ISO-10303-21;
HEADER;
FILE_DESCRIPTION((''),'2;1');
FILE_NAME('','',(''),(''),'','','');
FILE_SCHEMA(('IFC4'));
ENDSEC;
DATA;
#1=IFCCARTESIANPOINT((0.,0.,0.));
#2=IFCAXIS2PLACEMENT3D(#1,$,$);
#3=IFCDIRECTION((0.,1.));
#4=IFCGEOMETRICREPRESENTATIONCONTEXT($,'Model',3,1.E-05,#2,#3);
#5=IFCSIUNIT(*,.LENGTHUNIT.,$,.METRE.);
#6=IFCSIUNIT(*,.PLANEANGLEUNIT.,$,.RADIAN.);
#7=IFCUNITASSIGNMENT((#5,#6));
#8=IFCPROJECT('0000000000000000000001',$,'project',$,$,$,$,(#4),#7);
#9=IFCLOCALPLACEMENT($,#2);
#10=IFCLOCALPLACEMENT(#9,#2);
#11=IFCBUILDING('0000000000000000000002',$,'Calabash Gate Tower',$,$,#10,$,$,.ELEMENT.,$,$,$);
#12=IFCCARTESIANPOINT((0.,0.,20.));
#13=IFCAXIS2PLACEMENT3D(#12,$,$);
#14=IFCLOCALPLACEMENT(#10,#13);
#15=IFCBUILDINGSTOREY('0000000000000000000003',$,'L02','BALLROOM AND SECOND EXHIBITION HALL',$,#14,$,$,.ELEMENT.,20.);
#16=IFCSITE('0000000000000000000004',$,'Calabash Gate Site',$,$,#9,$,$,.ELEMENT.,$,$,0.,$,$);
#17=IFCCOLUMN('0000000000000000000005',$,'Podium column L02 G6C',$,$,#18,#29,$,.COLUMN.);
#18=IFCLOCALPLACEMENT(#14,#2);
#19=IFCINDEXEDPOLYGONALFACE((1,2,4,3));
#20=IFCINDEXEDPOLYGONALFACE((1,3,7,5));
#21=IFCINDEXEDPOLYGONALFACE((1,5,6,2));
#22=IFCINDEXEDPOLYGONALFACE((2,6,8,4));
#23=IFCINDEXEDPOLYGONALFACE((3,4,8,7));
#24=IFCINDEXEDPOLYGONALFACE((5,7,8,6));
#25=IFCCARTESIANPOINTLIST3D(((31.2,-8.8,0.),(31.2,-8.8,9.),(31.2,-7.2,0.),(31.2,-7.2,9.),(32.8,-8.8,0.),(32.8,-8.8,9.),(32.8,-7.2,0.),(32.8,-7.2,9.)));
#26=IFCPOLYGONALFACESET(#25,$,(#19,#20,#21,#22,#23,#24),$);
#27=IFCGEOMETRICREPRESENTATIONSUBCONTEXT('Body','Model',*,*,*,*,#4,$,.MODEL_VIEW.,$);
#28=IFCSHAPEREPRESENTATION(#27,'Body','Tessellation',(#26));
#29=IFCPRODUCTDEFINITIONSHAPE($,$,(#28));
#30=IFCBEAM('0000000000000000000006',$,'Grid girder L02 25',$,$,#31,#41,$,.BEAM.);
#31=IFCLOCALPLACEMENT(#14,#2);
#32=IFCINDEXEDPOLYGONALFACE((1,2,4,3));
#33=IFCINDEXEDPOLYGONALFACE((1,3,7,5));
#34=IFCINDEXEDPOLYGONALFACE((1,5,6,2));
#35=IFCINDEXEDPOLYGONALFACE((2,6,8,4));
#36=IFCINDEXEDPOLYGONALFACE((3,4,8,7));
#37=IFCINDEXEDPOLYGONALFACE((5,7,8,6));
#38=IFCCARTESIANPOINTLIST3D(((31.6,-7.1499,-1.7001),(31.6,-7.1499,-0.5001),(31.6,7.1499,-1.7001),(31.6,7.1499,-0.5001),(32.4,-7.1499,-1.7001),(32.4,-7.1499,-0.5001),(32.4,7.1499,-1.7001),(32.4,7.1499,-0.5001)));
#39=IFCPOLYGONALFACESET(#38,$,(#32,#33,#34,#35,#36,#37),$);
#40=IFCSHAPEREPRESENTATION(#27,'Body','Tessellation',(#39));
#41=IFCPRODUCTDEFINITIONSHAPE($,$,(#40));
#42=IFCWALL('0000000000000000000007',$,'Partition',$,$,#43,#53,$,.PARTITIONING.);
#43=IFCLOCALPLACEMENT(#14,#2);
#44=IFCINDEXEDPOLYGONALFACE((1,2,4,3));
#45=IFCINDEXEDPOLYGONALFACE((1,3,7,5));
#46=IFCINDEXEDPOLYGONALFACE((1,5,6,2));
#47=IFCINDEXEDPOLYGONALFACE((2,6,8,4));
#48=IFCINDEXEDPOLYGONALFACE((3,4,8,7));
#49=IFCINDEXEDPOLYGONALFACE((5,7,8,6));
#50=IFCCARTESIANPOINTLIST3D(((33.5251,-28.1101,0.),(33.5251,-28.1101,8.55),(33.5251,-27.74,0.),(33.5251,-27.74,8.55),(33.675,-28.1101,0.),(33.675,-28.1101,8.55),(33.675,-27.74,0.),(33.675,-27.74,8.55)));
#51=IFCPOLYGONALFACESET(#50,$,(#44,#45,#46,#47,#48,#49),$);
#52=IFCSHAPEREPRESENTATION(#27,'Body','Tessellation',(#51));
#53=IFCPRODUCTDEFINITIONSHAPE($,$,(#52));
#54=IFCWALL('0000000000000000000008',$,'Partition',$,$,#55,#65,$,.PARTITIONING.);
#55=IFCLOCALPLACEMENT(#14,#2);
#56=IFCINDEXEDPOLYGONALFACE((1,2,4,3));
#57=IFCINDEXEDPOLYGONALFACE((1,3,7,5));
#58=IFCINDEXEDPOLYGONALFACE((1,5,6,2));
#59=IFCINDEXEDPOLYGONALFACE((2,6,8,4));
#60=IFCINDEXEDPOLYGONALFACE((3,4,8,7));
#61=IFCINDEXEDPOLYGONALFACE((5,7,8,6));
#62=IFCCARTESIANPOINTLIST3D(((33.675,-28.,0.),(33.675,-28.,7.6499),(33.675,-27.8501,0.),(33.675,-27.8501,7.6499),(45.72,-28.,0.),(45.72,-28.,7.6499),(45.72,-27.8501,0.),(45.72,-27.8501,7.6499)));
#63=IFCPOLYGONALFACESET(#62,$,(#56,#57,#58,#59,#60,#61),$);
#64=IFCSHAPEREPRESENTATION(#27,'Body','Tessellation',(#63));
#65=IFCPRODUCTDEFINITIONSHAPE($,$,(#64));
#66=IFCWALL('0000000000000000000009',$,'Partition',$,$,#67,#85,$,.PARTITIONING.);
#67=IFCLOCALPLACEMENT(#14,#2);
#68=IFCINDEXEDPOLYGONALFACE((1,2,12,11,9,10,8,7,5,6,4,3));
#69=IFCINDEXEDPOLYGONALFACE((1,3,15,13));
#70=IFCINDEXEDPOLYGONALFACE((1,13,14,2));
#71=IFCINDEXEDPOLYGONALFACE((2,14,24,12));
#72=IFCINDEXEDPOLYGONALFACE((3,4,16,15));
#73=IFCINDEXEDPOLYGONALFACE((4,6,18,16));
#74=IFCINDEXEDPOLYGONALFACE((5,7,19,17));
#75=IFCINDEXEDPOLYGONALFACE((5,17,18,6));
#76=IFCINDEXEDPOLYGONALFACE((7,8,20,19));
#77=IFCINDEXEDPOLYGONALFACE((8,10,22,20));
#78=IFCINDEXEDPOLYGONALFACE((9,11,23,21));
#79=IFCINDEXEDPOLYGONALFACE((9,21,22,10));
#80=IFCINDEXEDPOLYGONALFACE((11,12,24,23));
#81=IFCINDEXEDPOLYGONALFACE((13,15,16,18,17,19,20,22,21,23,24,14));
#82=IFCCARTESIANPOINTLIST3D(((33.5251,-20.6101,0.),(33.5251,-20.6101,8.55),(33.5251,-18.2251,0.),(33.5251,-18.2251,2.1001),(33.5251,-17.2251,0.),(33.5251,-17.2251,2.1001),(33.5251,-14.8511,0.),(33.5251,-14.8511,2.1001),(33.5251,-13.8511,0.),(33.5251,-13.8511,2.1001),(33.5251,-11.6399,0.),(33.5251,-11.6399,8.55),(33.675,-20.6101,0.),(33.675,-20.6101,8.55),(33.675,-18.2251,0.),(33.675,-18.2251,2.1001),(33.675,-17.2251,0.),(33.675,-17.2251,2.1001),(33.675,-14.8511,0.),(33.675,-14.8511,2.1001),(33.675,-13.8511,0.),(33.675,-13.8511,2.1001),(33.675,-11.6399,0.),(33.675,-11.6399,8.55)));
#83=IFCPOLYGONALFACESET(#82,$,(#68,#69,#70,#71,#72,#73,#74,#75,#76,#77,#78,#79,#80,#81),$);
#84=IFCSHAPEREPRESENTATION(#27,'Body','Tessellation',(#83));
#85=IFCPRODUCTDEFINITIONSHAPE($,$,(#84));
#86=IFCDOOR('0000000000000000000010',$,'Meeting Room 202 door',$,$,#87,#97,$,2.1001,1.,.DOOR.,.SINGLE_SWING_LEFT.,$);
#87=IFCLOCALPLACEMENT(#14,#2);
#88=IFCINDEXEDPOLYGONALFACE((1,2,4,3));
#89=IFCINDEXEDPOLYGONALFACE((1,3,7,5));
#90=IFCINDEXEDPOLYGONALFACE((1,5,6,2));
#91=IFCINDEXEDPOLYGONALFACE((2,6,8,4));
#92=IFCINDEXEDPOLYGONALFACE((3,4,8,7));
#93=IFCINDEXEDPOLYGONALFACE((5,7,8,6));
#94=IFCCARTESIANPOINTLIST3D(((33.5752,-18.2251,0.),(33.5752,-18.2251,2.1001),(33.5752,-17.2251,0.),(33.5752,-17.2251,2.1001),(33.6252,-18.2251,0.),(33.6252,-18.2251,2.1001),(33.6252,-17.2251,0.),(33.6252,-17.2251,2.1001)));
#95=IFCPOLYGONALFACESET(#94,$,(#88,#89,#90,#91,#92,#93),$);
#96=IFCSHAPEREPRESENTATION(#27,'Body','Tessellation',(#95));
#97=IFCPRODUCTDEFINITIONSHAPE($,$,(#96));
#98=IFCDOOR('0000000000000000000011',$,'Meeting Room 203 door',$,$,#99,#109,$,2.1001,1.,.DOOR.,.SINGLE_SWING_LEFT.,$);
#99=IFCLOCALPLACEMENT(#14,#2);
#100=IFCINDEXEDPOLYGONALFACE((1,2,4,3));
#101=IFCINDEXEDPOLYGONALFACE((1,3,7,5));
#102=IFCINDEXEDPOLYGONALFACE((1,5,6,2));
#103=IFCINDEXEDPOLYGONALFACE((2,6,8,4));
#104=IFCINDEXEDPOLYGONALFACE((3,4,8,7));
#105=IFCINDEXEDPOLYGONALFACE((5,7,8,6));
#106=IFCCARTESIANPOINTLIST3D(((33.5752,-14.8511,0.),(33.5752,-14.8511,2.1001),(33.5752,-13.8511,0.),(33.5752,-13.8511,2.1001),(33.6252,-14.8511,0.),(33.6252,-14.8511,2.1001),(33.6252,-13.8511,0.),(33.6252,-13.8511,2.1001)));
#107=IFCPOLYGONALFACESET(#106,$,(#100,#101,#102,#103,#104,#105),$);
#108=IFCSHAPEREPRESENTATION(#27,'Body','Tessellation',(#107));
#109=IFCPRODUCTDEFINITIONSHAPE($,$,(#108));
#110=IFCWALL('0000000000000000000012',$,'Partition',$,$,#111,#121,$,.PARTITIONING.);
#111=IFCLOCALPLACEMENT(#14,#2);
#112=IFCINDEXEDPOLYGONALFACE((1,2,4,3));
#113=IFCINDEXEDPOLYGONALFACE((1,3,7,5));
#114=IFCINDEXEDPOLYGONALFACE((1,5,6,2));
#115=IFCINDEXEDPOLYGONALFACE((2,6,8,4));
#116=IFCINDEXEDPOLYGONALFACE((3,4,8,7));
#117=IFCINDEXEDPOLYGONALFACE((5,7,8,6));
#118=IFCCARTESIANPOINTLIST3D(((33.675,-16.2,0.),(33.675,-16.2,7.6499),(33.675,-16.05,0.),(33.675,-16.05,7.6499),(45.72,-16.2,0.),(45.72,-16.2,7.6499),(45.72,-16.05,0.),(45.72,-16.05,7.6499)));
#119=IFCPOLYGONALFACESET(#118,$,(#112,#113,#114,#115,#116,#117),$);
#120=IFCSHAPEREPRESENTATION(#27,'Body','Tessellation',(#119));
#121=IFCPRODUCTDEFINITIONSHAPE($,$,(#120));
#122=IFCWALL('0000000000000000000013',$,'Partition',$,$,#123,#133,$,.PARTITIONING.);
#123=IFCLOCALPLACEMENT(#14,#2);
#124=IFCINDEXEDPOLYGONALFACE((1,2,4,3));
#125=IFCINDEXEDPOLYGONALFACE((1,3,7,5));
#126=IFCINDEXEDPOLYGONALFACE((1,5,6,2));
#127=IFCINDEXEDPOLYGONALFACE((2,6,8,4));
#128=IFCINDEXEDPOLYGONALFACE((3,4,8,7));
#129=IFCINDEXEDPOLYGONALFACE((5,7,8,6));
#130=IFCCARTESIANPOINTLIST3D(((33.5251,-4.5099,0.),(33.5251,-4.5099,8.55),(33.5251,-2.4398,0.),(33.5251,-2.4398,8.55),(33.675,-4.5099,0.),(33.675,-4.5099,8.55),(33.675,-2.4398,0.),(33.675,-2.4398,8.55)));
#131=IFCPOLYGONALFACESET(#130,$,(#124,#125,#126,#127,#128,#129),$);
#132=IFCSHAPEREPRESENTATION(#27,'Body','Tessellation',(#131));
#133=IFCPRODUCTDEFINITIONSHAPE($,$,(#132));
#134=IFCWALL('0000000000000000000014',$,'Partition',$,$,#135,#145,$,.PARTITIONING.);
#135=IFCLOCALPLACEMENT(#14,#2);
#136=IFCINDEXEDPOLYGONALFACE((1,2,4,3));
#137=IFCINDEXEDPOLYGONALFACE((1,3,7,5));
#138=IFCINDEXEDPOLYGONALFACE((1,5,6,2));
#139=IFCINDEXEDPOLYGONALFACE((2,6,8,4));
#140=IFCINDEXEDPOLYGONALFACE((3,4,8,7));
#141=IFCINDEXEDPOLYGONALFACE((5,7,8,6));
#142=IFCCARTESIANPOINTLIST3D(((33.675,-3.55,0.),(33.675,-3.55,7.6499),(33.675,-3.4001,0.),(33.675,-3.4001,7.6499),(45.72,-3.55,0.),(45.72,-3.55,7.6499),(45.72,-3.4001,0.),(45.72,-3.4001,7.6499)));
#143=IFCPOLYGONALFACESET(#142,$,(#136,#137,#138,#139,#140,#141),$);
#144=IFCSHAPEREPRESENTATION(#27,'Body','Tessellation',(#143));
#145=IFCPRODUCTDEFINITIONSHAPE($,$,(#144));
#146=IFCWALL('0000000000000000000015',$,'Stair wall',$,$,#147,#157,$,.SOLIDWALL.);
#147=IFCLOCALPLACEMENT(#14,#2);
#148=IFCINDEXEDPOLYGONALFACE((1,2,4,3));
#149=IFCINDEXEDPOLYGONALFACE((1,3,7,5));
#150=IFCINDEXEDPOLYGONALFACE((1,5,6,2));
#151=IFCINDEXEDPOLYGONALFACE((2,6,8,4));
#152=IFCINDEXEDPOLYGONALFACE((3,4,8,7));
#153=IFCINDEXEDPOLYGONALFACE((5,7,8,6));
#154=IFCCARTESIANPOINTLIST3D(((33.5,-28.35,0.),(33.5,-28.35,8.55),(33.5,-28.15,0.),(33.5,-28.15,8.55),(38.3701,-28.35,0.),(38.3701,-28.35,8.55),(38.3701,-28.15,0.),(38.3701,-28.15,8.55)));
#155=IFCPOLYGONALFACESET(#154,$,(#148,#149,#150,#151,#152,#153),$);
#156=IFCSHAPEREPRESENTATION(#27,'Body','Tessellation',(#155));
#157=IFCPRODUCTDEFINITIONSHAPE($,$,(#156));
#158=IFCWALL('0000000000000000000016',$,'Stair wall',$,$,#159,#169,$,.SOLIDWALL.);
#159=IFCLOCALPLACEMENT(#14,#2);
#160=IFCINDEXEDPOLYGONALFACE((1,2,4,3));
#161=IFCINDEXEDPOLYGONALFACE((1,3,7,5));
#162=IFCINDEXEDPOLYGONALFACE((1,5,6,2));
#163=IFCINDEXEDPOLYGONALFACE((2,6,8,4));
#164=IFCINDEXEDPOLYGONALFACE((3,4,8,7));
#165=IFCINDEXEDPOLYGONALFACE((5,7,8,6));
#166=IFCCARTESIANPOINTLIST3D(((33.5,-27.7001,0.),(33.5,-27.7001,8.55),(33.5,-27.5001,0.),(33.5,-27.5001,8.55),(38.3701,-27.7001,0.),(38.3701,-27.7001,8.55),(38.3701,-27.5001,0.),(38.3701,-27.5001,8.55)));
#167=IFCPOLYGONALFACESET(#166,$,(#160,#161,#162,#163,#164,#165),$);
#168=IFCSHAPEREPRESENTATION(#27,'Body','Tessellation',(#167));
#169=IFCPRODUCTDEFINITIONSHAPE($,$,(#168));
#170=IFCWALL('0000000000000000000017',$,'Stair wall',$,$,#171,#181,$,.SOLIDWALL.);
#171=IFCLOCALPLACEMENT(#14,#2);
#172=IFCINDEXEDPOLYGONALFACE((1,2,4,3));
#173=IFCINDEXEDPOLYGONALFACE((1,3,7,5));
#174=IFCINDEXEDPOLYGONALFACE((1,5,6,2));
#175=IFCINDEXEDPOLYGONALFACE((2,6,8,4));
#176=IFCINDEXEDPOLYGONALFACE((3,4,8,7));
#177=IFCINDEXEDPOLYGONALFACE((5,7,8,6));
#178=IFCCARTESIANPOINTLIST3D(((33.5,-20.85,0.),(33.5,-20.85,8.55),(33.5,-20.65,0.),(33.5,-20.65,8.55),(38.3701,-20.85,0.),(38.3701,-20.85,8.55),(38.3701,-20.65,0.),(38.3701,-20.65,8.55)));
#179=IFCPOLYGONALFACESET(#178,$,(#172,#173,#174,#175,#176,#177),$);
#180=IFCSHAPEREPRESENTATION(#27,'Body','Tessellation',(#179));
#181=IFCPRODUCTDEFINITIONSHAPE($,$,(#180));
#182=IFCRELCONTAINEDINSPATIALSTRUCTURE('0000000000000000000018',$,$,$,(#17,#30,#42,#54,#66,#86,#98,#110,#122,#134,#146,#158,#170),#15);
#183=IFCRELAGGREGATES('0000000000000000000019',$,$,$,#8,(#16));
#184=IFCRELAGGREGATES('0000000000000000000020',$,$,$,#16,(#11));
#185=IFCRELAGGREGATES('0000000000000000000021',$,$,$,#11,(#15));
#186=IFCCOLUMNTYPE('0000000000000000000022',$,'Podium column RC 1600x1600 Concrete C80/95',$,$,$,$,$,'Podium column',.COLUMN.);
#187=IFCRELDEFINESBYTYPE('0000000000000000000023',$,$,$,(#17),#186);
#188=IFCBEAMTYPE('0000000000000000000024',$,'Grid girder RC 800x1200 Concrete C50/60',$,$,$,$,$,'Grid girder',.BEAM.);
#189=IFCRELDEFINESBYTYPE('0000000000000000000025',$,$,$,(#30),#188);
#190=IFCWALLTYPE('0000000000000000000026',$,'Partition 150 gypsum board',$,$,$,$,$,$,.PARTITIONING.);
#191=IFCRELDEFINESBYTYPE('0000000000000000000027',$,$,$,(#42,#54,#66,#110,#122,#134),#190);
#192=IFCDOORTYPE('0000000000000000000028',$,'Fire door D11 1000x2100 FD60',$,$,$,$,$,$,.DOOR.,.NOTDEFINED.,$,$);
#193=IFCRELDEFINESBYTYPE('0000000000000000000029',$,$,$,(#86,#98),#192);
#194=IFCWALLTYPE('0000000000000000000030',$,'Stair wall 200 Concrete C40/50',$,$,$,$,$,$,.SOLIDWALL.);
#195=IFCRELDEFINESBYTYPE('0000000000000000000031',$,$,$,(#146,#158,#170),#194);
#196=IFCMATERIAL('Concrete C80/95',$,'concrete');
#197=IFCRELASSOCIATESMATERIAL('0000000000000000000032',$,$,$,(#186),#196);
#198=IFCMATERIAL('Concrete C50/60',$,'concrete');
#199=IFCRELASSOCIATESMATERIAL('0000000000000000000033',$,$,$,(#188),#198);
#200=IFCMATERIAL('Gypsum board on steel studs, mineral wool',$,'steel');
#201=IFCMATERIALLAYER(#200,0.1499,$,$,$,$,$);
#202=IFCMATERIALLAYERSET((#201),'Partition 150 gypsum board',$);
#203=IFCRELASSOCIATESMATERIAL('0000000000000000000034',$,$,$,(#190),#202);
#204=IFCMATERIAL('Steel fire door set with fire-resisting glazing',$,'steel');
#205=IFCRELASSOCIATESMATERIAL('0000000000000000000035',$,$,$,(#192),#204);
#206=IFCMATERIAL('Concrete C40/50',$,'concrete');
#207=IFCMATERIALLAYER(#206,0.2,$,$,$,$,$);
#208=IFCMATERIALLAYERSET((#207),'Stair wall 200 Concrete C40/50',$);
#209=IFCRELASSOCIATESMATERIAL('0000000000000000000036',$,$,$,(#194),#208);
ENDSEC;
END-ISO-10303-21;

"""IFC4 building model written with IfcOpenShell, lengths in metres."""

from ifc_helpers import new_model, si_unit, direction, frame, frame_2d, origin, origin_2d, place, context, subcontext, project, spatial, rectangle, extrude, material, layer, layer_set, material_profile, profile_set, type_object, element, fill, save


model = new_model("IFC4")

# Units and contexts
model_context = context("Model", 3, precision=1e-05, world=origin(), true_north=direction((0.0, 1.0)))
body_context = subcontext(model_context, "Body", "Model", "MODEL_VIEW")
ifc_project = project(units=[si_unit("LENGTHUNIT", "METRE"), si_unit("PLANEANGLEUNIT", "RADIAN")], contexts=[model_context])

# Site, building, storey
site_placement = place(None, origin())
site = spatial("IfcSite", under=ifc_project, at=site_placement, Name="Calabash Gate Site", CompositionType="ELEMENT", RefElevation=0.0)
building_placement = place(site_placement, origin())
building = spatial("IfcBuilding", under=site, at=building_placement, Name="Calabash Gate Tower", CompositionType="ELEMENT")
storey_placement = place(building_placement, frame((0.0, 0.0, 20.0)))
storey = spatial("IfcBuildingStorey", under=building, at=storey_placement, Name="L02", Description="BALLROOM AND SECOND EXHIBITION HALL", CompositionType="ELEMENT", Elevation=20.0)

# Column
ifc_material_1 = material(Name="Concrete C80/95", Category="concrete")
ifc_material_profile_1 = material_profile(ifc_material_1, rectangle(XDim=1.6001, YDim=1.6001, at=origin_2d()))
ifc_profile_set_1 = profile_set([ifc_material_profile_1], Name="Concrete C80/95")
column_type = type_object("IfcColumnType", Name="Podium column RC 1600x1600 Concrete C80/95", ElementType="Podium column", PredefinedType="COLUMN", material=ifc_profile_set_1)
column_placement = place(storey_placement, frame((32.0, -8.0, 0.0), z_axis=(0.0, 0.0, 1.0), x_axis=(1.0, 0.0, 0.0)))
element("IfcColumn", 1, at=column_placement, inside=storey, type_object=column_type, Name="Podium column L02 G6C", PredefinedType="COLUMN", context=body_context, shape_type="SweptSolid", body=[
    extrude(rectangle(XDim=1.6001, YDim=1.6001, at=origin_2d()), origin(), (0.0, 0.0, 1.0), 9.0),
])

# Beam
ifc_material_2 = material(Name="Concrete C50/60", Category="concrete")
ifc_material_profile_2 = material_profile(ifc_material_2, rectangle(XDim=0.8, YDim=1.2, at=origin_2d()))
ifc_profile_set_2 = profile_set([ifc_material_profile_2], Name="Concrete C50/60")
beam_type = type_object("IfcBeamType", Name="Grid girder RC 800x1200 Concrete C50/60", ElementType="Grid girder", PredefinedType="BEAM", material=ifc_profile_set_2)
beam_placement = place(storey_placement, frame((32.0, -7.1499, -1.1001), z_axis=(0.0, 1.0, 0.0), x_axis=(-1.0, 0.0, 0.0)))
element("IfcBeam", 2, at=beam_placement, inside=storey, type_object=beam_type, Name="Grid girder L02 25", PredefinedType="BEAM", context=body_context, shape_type="SweptSolid", body=[
    extrude(rectangle(XDim=0.8, YDim=1.2, at=origin_2d()), origin(), (0.0, 0.0, 1.0), 14.2998),
])

# Walls
ifc_material_3 = material(Name="Gypsum board on steel studs, mineral wool", Category="steel")
ifc_layer_1 = layer(ifc_material_3, 0.1499)
ifc_layer_set_1 = layer_set([ifc_layer_1], Name="Partition 150 gypsum board")
wall_type_1 = type_object("IfcWallType", Name="Partition 150 gypsum board", PredefinedType="PARTITIONING", material=ifc_layer_set_1)
wall_1_placement = place(storey_placement, frame((33.6001, -28.1101, 0.0), z_axis=(0.0, 0.0, 1.0), x_axis=(0.0, 1.0, 0.0)))
element("IfcWall", 3, at=wall_1_placement, inside=storey, type_object=wall_type_1, Name="Partition", PredefinedType="PARTITIONING", context=body_context, shape_type="SweptSolid", body=[
    extrude(rectangle(XDim=0.3701, YDim=0.1499, at=frame_2d((0.1851, 0.0))), origin(), (0.0, 0.0, 1.0), 8.55),
])
wall_2_placement = place(storey_placement, frame((33.675, -27.925, 0.0), z_axis=(0.0, 0.0, 1.0), x_axis=(1.0, 0.0, 0.0)))
element("IfcWall", 4, at=wall_2_placement, inside=storey, type_object=wall_type_1, Name="Partition", PredefinedType="PARTITIONING", context=body_context, shape_type="SweptSolid", body=[
    extrude(rectangle(XDim=12.0449, YDim=0.1499, at=frame_2d((6.0225, 0.0))), origin(), (0.0, 0.0, 1.0), 7.6499),
])

# Wall, openings, doors
wall_3_placement = place(storey_placement, frame((33.6001, -20.6101, 0.0), z_axis=(0.0, 0.0, 1.0), x_axis=(0.0, 1.0, 0.0)))
wall_3 = element("IfcWall", 5, at=wall_3_placement, inside=storey, type_object=wall_type_1, Name="Partition", PredefinedType="PARTITIONING", context=body_context, shape_type="SweptSolid", body=[
    extrude(rectangle(XDim=8.9702, YDim=0.1499, at=frame_2d((4.4851, 0.0))), origin(), (0.0, 0.0, 1.0), 8.55),
])
opening_1_placement = place(wall_3_placement, frame((2.385, 0.0, 0.0)))
opening_1 = element("IfcOpeningElement", 6, at=opening_1_placement, cuts=wall_3, PredefinedType="OPENING", context=body_context, shape_type="SweptSolid", body=[
    extrude(rectangle(XDim=1.0, YDim=2.1001, at=frame_2d((0.5, 1.05))), frame((0.0, 0.085, 0.0), z_axis=(0.0, -1.0, 0.0), x_axis=(1.0, 0.0, 0.0)), (0.0, 0.0, 1.0), 0.1699),
])
opening_2_placement = place(wall_3_placement, frame((5.759, 0.0, 0.0)))
opening_2 = element("IfcOpeningElement", 7, at=opening_2_placement, cuts=wall_3, PredefinedType="OPENING", context=body_context, shape_type="SweptSolid", body=[
    extrude(rectangle(XDim=1.0, YDim=2.1001, at=frame_2d((0.5, 1.05))), frame((0.0, 0.085, 0.0), z_axis=(0.0, -1.0, 0.0), x_axis=(1.0, 0.0, 0.0)), (0.0, 0.0, 1.0), 0.1699),
])
ifc_material_4 = material(Name="Steel fire door set with fire-resisting glazing", Category="steel")
door_type_1 = type_object("IfcDoorType", Name="Fire door D11 1000x2100 FD60", OperationType="NOTDEFINED", PredefinedType="DOOR", material=ifc_material_4)
door_1_placement = place(opening_1_placement, origin())
door_1 = element("IfcDoor", 8, at=door_1_placement, inside=storey, type_object=door_type_1, Name="Meeting Room 202 door", OperationType="SINGLE_SWING_LEFT", OverallHeight=2.1001, OverallWidth=1.0, PredefinedType="DOOR", context=body_context, shape_type="SweptSolid", body=[
    extrude(rectangle(XDim=1.0, YDim=2.1001, at=frame_2d((0.5, 1.05))), frame((0.0, 0.0249, 0.0), z_axis=(0.0, -1.0, 0.0), x_axis=(1.0, 0.0, 0.0)), (0.0, 0.0, 1.0), 0.05),
])
fill(opening_1, door_1)
door_2_placement = place(opening_2_placement, origin())
door_2 = element("IfcDoor", 9, at=door_2_placement, inside=storey, type_object=door_type_1, Name="Meeting Room 203 door", OperationType="SINGLE_SWING_LEFT", OverallHeight=2.1001, OverallWidth=1.0, PredefinedType="DOOR", context=body_context, shape_type="SweptSolid", body=[
    extrude(rectangle(XDim=1.0, YDim=2.1001, at=frame_2d((0.5, 1.05))), frame((0.0, 0.0249, 0.0), z_axis=(0.0, -1.0, 0.0), x_axis=(1.0, 0.0, 0.0)), (0.0, 0.0, 1.0), 0.05),
])
fill(opening_2, door_2)

# Walls
wall_4_placement = place(storey_placement, frame((33.675, -16.125, 0.0), z_axis=(0.0, 0.0, 1.0), x_axis=(1.0, 0.0, 0.0)))
element("IfcWall", 10, at=wall_4_placement, inside=storey, type_object=wall_type_1, Name="Partition", PredefinedType="PARTITIONING", context=body_context, shape_type="SweptSolid", body=[
    extrude(rectangle(XDim=12.0449, YDim=0.1499, at=frame_2d((6.0225, 0.0))), origin(), (0.0, 0.0, 1.0), 7.6499),
])
wall_5_placement = place(storey_placement, frame((33.6001, -4.51, 0.0), z_axis=(0.0, 0.0, 1.0), x_axis=(0.0, 1.0, 0.0)))
element("IfcWall", 11, at=wall_5_placement, inside=storey, type_object=wall_type_1, Name="Partition", PredefinedType="PARTITIONING", context=body_context, shape_type="SweptSolid", body=[
    extrude(rectangle(XDim=2.0701, YDim=0.1499, at=frame_2d((1.0352, 0.0))), origin(), (0.0, 0.0, 1.0), 8.55),
])
wall_6_placement = place(storey_placement, frame((33.675, -3.4751, 0.0), z_axis=(0.0, 0.0, 1.0), x_axis=(1.0, 0.0, 0.0)))
element("IfcWall", 12, at=wall_6_placement, inside=storey, type_object=wall_type_1, Name="Partition", PredefinedType="PARTITIONING", context=body_context, shape_type="SweptSolid", body=[
    extrude(rectangle(XDim=12.0449, YDim=0.1499, at=frame_2d((6.0225, 0.0))), origin(), (0.0, 0.0, 1.0), 7.6499),
])
ifc_material_5 = material(Name="Concrete C40/50", Category="concrete")
ifc_layer_2 = layer(ifc_material_5, 0.2)
ifc_layer_set_2 = layer_set([ifc_layer_2], Name="Stair wall 200 Concrete C40/50")
wall_type_2 = type_object("IfcWallType", Name="Stair wall 200 Concrete C40/50", PredefinedType="SOLIDWALL", material=ifc_layer_set_2)
for number, where, z_axis, x_axis, name in (
    (13, (33.5, -28.25, 0.0), (0.0, 0.0, 1.0), (1.0, 0.0, 0.0), "Stair wall"),
    (14, (33.5, -27.6001, 0.0), (0.0, 0.0, 1.0), (1.0, 0.0, 0.0), "Stair wall"),
    (15, (33.5, -20.75, 0.0), (0.0, 0.0, 1.0), (1.0, 0.0, 0.0), "Stair wall"),
):
    element("IfcWall", number, at=place(storey_placement, frame(where, z_axis=z_axis, x_axis=x_axis)), inside=storey, type_object=wall_type_2, Name=name, PredefinedType="SOLIDWALL", context=body_context, shape_type="SweptSolid", body=[
        extrude(rectangle(XDim=4.8701, YDim=0.2, at=frame_2d((2.4351, 0.0))), origin(), (0.0, 0.0, 1.0), 8.55),
    ])

save(model, "model.ifc")
